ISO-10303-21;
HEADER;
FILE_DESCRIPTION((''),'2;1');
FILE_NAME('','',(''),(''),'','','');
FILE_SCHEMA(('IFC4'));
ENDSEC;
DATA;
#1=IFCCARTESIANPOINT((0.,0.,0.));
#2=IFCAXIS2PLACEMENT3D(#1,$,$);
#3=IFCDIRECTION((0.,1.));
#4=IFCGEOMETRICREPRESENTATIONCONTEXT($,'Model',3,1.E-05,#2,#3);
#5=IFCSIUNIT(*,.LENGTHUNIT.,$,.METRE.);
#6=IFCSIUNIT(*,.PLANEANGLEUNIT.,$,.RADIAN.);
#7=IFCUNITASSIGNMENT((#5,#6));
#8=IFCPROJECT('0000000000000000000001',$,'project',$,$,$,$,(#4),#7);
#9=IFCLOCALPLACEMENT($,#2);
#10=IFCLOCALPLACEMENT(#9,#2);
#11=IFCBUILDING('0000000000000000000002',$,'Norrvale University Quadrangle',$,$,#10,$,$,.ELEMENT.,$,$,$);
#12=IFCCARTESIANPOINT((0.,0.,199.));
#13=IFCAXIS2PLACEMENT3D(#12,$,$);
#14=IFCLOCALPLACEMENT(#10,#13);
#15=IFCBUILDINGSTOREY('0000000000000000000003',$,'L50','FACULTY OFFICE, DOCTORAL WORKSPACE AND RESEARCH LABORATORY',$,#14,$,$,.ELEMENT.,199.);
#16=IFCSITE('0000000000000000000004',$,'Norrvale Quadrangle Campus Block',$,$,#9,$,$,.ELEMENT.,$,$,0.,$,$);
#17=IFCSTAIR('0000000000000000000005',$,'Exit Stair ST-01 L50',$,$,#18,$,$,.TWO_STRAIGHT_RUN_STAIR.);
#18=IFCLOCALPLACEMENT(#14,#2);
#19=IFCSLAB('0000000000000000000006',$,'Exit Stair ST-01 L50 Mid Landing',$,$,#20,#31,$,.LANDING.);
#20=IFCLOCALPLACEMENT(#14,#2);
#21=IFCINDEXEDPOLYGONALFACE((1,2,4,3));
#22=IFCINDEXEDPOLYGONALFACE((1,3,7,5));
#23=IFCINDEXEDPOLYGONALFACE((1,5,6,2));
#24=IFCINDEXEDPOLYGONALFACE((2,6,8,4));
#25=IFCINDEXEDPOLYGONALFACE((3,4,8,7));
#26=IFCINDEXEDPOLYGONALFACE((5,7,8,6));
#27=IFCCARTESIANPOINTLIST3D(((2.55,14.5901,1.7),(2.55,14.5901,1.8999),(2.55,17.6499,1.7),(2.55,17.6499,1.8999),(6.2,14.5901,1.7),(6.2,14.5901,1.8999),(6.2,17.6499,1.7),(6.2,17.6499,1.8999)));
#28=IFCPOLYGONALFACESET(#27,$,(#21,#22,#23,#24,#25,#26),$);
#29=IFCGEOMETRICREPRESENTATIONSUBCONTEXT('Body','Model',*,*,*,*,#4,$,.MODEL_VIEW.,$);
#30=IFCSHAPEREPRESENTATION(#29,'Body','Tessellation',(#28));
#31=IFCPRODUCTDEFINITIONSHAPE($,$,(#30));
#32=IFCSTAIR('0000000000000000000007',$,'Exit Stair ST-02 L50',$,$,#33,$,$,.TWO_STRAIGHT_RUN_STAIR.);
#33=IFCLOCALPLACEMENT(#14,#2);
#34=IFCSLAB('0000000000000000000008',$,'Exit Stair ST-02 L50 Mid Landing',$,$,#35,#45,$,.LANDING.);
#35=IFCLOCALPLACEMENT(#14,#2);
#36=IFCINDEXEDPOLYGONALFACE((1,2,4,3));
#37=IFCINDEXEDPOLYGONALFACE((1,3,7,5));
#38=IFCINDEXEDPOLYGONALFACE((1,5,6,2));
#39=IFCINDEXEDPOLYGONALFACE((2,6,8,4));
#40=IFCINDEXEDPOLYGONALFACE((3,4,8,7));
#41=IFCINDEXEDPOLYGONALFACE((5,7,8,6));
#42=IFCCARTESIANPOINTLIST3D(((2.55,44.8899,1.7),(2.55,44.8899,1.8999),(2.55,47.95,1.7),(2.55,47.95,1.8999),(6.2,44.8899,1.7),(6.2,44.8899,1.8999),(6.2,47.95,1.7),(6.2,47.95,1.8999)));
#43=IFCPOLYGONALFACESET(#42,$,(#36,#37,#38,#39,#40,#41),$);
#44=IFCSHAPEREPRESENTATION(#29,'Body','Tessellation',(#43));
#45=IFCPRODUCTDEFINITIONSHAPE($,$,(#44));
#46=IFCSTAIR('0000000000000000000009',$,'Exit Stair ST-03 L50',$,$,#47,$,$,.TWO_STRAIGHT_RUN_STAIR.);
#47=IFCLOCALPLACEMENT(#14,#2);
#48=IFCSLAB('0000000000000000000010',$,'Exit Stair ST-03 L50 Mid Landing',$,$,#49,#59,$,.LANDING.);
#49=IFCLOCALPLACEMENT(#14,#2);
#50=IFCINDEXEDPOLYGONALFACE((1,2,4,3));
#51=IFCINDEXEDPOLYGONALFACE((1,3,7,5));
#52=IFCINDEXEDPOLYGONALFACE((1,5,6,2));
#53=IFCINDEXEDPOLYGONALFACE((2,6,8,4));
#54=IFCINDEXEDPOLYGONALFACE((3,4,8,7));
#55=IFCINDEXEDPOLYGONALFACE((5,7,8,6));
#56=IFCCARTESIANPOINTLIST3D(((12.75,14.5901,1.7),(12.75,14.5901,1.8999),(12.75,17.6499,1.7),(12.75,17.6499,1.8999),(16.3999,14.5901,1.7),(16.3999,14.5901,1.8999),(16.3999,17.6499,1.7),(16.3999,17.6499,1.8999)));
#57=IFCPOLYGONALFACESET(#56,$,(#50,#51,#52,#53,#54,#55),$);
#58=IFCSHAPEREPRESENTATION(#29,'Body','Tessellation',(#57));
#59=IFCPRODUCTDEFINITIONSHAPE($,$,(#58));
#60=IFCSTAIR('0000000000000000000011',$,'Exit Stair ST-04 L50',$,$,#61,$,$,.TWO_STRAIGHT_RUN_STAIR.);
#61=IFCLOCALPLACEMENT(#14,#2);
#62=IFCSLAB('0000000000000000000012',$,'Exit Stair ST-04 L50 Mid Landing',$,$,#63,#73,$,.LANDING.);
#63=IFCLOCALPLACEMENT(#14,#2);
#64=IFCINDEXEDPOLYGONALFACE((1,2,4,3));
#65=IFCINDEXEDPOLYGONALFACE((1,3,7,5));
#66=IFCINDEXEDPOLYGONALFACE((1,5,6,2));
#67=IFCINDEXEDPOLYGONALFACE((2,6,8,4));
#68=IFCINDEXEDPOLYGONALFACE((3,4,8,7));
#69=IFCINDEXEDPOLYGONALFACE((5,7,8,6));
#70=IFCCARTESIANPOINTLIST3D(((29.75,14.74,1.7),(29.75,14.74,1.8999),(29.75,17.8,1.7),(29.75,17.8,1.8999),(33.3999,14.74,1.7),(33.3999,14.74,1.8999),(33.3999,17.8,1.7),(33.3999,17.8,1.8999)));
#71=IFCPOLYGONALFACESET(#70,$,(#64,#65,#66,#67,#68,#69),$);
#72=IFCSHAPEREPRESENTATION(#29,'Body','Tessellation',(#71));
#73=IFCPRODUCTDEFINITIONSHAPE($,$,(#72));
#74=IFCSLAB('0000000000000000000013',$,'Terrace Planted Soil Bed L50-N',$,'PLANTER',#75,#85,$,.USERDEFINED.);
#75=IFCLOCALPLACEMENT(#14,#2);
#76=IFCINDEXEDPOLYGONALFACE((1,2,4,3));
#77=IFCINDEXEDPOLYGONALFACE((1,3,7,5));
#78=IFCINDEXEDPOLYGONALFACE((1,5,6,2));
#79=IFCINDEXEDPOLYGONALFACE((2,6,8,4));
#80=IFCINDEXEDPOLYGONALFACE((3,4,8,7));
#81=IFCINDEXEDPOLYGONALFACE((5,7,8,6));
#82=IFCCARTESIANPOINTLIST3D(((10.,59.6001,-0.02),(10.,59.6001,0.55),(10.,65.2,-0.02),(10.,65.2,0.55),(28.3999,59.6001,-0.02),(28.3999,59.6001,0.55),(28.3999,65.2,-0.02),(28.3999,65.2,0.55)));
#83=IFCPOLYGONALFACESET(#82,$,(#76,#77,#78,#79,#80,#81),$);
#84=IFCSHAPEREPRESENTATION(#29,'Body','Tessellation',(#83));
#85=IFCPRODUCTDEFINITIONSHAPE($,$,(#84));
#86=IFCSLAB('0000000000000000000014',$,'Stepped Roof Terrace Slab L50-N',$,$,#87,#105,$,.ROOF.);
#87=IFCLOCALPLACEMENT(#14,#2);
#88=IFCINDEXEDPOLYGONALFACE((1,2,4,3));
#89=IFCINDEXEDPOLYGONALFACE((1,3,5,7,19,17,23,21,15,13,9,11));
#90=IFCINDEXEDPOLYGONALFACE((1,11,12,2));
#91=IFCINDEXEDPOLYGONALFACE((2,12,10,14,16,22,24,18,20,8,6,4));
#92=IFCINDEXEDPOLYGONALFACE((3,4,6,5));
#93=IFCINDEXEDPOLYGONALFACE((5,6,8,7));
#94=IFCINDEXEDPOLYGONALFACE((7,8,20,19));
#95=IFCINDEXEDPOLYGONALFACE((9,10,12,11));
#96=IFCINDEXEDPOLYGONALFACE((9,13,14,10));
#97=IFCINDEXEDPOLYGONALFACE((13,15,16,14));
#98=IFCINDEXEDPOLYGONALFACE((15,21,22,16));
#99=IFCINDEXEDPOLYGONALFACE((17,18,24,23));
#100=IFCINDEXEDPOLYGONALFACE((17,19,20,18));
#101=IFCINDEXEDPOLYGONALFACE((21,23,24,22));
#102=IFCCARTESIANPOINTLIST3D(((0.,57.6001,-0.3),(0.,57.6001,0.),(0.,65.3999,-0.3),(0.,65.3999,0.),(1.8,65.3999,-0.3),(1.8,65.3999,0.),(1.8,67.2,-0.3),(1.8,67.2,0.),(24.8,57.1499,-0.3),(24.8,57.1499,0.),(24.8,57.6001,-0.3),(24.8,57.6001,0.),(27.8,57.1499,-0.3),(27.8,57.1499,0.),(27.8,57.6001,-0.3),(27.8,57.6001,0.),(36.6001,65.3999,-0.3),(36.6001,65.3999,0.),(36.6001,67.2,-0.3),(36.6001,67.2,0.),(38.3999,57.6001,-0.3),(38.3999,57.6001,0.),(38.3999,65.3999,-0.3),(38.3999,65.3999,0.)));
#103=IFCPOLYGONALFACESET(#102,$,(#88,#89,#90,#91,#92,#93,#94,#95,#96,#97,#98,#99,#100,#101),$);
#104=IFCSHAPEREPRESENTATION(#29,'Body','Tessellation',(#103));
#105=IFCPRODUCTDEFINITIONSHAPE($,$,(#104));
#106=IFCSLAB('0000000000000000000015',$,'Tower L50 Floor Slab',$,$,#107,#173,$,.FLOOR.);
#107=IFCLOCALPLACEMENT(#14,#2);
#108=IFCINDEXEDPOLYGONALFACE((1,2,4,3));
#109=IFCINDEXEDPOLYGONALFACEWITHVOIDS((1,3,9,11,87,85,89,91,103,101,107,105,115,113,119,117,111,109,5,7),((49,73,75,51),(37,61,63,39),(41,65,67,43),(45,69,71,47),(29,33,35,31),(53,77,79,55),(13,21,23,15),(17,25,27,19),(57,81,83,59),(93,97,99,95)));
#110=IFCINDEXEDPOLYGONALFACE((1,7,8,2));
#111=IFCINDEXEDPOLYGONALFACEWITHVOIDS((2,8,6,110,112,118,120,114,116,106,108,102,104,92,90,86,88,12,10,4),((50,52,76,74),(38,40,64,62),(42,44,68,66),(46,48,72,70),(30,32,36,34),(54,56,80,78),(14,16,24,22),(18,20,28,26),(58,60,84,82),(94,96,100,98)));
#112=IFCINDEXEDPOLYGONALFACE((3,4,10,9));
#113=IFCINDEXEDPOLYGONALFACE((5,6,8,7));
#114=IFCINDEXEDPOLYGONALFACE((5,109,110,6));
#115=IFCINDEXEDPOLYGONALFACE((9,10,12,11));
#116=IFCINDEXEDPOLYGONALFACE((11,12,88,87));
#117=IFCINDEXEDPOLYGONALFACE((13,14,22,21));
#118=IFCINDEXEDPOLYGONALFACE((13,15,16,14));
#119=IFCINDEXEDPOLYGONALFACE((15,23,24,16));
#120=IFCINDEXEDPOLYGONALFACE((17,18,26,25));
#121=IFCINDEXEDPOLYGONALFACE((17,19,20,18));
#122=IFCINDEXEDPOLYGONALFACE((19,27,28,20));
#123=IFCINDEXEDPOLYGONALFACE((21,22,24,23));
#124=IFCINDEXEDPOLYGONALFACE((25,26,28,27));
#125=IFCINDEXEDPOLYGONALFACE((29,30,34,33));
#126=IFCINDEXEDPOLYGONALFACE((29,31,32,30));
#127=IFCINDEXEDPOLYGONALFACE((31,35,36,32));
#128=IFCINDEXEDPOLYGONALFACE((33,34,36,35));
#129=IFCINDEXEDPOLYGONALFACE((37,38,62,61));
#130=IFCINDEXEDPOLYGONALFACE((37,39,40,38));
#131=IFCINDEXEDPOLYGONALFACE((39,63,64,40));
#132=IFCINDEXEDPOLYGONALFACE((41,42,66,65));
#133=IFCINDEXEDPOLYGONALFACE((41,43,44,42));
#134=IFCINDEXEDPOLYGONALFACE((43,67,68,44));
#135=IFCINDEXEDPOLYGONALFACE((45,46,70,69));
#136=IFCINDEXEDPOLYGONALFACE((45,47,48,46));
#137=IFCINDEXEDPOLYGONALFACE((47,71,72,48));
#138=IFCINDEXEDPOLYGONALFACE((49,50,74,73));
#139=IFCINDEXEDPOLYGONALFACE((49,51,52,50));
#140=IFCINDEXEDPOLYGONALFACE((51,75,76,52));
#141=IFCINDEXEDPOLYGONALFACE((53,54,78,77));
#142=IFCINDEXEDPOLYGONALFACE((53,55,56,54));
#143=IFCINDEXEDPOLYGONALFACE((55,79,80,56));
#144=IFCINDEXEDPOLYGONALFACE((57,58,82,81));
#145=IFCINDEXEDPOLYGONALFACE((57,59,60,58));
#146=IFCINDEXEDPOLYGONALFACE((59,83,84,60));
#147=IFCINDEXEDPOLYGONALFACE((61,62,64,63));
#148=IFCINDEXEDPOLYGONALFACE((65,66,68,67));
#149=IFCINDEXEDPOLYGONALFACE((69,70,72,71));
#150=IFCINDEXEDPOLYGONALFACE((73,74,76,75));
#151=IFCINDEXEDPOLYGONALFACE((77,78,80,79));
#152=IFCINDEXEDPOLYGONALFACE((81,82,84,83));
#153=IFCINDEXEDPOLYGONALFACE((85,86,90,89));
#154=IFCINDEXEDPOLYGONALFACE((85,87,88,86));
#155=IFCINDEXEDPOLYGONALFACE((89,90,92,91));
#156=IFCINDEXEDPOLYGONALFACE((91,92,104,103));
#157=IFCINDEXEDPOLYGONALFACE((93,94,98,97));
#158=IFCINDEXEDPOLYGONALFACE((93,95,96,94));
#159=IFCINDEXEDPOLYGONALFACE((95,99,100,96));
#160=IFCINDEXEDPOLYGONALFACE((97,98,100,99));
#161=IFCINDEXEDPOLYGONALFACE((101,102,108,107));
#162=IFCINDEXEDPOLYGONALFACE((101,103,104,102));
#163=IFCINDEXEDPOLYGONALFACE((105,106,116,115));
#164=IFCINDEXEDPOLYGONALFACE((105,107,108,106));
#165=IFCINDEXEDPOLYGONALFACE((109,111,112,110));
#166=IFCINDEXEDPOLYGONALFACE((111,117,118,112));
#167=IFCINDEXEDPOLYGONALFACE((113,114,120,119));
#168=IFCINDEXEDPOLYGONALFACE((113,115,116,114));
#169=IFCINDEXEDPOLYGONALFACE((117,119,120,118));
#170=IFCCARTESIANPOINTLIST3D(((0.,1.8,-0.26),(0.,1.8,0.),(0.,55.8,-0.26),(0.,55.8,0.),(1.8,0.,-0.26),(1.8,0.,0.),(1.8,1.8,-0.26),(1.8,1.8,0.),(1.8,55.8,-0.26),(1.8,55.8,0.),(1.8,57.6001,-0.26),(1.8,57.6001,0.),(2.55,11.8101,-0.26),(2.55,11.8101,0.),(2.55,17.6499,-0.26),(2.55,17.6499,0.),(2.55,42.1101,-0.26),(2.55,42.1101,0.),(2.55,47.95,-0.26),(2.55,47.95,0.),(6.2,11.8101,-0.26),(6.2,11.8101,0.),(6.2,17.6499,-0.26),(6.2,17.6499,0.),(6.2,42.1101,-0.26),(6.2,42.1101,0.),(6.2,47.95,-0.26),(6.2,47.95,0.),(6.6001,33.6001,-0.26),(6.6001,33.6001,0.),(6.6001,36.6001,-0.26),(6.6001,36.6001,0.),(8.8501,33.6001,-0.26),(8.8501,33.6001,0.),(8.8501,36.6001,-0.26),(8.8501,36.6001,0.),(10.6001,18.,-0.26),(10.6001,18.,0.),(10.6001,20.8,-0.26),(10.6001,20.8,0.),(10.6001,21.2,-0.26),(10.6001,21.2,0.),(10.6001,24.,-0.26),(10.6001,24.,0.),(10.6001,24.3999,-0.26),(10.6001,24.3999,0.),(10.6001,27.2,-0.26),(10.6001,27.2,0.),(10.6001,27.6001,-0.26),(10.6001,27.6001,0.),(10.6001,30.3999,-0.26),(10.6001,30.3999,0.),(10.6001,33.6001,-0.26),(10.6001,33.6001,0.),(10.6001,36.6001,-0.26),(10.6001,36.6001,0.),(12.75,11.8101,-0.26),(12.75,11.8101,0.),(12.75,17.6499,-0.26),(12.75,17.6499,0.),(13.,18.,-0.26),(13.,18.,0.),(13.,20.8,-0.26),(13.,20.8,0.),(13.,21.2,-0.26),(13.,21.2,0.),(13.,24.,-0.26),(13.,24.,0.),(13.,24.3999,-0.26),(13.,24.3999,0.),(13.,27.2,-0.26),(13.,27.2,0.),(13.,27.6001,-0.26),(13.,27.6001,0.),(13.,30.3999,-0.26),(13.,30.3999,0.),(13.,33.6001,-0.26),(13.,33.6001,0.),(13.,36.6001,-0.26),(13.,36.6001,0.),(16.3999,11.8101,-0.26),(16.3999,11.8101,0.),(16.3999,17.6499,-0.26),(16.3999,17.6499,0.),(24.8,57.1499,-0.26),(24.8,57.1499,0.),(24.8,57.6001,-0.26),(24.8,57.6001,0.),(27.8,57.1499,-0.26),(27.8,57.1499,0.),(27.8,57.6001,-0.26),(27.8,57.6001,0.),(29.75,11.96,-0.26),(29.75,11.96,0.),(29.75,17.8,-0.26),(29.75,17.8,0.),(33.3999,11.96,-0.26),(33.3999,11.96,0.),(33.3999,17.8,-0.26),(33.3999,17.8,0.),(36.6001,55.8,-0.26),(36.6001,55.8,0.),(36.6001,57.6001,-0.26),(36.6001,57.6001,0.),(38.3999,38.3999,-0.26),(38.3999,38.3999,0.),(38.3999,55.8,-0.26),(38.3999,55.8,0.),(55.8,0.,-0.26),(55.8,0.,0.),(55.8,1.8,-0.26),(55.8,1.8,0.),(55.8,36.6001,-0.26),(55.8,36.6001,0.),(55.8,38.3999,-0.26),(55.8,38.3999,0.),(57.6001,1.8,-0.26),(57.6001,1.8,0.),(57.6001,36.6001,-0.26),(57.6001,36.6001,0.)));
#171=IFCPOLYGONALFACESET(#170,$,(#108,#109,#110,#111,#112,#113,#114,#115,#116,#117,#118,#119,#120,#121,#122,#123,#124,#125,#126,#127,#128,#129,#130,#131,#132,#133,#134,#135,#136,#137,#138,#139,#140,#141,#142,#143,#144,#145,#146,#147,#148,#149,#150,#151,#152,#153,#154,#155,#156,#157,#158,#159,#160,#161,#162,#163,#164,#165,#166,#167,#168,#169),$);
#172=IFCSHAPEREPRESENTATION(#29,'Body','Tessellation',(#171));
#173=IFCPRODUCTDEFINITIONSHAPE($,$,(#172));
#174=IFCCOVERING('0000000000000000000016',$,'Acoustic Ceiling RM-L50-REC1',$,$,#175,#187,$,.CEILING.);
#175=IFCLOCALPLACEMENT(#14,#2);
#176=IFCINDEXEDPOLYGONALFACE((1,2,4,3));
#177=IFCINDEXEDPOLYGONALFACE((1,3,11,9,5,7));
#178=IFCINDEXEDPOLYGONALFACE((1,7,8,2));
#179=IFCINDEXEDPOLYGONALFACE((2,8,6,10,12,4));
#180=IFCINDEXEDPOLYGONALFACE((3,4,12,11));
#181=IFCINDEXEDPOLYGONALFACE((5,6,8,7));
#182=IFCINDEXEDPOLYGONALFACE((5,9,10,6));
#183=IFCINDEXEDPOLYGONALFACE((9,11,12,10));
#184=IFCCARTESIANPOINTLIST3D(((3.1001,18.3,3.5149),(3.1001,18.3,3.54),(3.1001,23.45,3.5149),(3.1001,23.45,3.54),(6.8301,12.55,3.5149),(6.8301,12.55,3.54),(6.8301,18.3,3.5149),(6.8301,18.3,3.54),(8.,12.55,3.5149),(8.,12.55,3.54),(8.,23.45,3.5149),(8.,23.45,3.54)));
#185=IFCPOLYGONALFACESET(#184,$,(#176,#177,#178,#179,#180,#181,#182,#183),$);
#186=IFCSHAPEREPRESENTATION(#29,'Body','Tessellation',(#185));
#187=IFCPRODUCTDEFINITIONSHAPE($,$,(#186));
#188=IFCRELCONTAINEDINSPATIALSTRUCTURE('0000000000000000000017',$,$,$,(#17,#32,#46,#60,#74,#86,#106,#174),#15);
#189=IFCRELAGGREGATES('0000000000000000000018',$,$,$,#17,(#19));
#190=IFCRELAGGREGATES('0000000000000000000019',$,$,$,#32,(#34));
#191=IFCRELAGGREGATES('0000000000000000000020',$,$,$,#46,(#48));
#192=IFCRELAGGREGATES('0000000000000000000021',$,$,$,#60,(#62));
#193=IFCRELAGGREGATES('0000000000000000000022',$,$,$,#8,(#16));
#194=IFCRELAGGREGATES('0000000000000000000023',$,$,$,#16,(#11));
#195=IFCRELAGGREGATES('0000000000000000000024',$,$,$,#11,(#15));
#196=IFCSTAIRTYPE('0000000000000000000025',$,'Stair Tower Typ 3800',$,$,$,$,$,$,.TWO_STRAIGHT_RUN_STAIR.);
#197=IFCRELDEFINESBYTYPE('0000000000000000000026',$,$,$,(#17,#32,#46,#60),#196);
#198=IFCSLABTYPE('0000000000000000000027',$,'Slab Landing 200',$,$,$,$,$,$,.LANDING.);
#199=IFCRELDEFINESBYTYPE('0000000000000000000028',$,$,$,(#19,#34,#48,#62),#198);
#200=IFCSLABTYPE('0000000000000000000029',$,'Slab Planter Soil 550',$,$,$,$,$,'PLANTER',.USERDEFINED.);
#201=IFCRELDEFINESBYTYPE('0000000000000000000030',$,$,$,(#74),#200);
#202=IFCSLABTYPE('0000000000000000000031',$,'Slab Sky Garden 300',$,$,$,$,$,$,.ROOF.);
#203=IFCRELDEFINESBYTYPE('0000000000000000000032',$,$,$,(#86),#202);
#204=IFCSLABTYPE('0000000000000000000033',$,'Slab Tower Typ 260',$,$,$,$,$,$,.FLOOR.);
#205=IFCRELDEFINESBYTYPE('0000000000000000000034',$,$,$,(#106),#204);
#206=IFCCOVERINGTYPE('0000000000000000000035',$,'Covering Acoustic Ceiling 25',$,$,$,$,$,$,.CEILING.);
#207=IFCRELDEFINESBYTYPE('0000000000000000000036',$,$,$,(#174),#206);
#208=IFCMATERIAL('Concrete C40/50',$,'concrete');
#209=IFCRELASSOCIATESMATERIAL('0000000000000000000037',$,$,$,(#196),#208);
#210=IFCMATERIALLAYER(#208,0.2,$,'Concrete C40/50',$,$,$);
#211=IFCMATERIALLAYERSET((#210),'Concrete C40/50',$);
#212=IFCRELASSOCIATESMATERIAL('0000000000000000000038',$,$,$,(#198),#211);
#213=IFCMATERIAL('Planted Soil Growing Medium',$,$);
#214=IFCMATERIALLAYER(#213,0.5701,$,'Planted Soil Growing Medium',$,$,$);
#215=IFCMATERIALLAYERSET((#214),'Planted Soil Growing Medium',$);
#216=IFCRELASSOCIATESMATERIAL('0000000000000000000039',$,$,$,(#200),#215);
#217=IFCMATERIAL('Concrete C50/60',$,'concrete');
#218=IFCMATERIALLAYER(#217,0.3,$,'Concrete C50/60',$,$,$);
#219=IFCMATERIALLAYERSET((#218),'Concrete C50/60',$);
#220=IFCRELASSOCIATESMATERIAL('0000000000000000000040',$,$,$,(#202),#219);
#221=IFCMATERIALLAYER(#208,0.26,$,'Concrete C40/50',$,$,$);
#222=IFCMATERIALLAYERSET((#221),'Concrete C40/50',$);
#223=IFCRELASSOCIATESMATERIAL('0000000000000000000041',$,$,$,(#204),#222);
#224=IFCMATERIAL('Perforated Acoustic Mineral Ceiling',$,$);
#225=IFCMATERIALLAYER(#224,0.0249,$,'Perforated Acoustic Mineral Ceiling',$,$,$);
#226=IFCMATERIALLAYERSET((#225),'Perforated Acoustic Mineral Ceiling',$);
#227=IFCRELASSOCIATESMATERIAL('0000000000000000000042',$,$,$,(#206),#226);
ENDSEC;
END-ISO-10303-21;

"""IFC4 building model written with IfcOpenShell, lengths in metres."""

from ifc_helpers import new_model, si_unit, direction, frame, origin, place, context, subcontext, project, spatial, polyline, outline, extrude, material, layer, layer_set, type_object, element, aggregate, save


model = new_model("IFC4")

# Units and contexts
model_context = context("Model", 3, precision=1e-05, world=origin(), true_north=direction((0.0, 1.0)))
body_context = subcontext(model_context, "Body", "Model", "MODEL_VIEW")
ifc_project = project(units=[si_unit("LENGTHUNIT", "METRE"), si_unit("PLANEANGLEUNIT", "RADIAN")], contexts=[model_context])

# Site, building, storey
site_placement = place(None, origin())
site = spatial("IfcSite", under=ifc_project, at=site_placement, Name="Norrvale Quadrangle Campus Block", CompositionType="ELEMENT", RefElevation=0.0)
building_placement = place(site_placement, origin())
building = spatial("IfcBuilding", under=site, at=building_placement, Name="Norrvale University Quadrangle", CompositionType="ELEMENT")
storey_placement = place(building_placement, frame((0.0, 0.0, 199.0)))
storey = spatial("IfcBuildingStorey", under=building, at=storey_placement, Name="L50", Description="FACULTY OFFICE, DOCTORAL WORKSPACE AND RESEARCH LABORATORY", CompositionType="ELEMENT", Elevation=199.0)

# Stairs, slabs
ifc_material_1 = material(Name="Concrete C40/50", Category="concrete")
stair_type = type_object("IfcStairType", Name="Stair Tower Typ 3800", PredefinedType="TWO_STRAIGHT_RUN_STAIR", material=ifc_material_1)
stair_1_placement = place(storey_placement, origin())
stair_1 = element("IfcStair", 1, at=stair_1_placement, inside=storey, type_object=stair_type, Name="Exit Stair ST-01 L50", PredefinedType="TWO_STRAIGHT_RUN_STAIR")
ifc_layer_1 = layer(ifc_material_1, 0.2, Name="Concrete C40/50")
ifc_layer_set_1 = layer_set([ifc_layer_1], Name="Concrete C40/50")
slab_type_1 = type_object("IfcSlabType", Name="Slab Landing 200", PredefinedType="LANDING", material=ifc_layer_set_1)
slab_1_placement = place(storey_placement, frame((0.0, 0.0, 1.7)))
slab_1 = element("IfcSlab", 2, at=slab_1_placement, type_object=slab_type_1, Name="Exit Stair ST-01 L50 Mid Landing", PredefinedType="LANDING", context=body_context, shape_type="SweptSolid", body=[
    extrude(outline(polyline([(2.55, 14.5901), (6.2, 14.5901), (6.2, 17.6499), (2.55, 17.6499), (2.55, 14.5901)])), origin(), (0.0, 0.0, 1.0), 0.2),
])
aggregate(stair_1, [slab_1])
stair_2_placement = place(storey_placement, origin())
stair_2 = element("IfcStair", 3, at=stair_2_placement, inside=storey, type_object=stair_type, Name="Exit Stair ST-02 L50", PredefinedType="TWO_STRAIGHT_RUN_STAIR")
slab_2_placement = place(storey_placement, frame((0.0, 0.0, 1.7)))
slab_2 = element("IfcSlab", 4, at=slab_2_placement, type_object=slab_type_1, Name="Exit Stair ST-02 L50 Mid Landing", PredefinedType="LANDING", context=body_context, shape_type="SweptSolid", body=[
    extrude(outline(polyline([(2.55, 44.8899), (6.2, 44.8899), (6.2, 47.95), (2.55, 47.95), (2.55, 44.8899)])), origin(), (0.0, 0.0, 1.0), 0.2),
])
aggregate(stair_2, [slab_2])
stair_3_placement = place(storey_placement, origin())
stair_3 = element("IfcStair", 5, at=stair_3_placement, inside=storey, type_object=stair_type, Name="Exit Stair ST-03 L50", PredefinedType="TWO_STRAIGHT_RUN_STAIR")
slab_3_placement = place(storey_placement, frame((0.0, 0.0, 1.7)))
slab_3 = element("IfcSlab", 6, at=slab_3_placement, type_object=slab_type_1, Name="Exit Stair ST-03 L50 Mid Landing", PredefinedType="LANDING", context=body_context, shape_type="SweptSolid", body=[
    extrude(outline(polyline([(12.75, 14.5901), (16.3999, 14.5901), (16.3999, 17.6499), (12.75, 17.6499), (12.75, 14.5901)])), origin(), (0.0, 0.0, 1.0), 0.2),
])
aggregate(stair_3, [slab_3])
stair_4_placement = place(storey_placement, origin())
stair_4 = element("IfcStair", 7, at=stair_4_placement, inside=storey, type_object=stair_type, Name="Exit Stair ST-04 L50", PredefinedType="TWO_STRAIGHT_RUN_STAIR")
slab_4_placement = place(storey_placement, frame((0.0, 0.0, 1.7)))
slab_4 = element("IfcSlab", 8, at=slab_4_placement, type_object=slab_type_1, Name="Exit Stair ST-04 L50 Mid Landing", PredefinedType="LANDING", context=body_context, shape_type="SweptSolid", body=[
    extrude(outline(polyline([(29.75, 14.74), (33.3999, 14.74), (33.3999, 17.8), (29.75, 17.8), (29.75, 14.74)])), origin(), (0.0, 0.0, 1.0), 0.2),
])
aggregate(stair_4, [slab_4])

# Slabs
ifc_material_2 = material(Name="Planted Soil Growing Medium")
ifc_layer_2 = layer(ifc_material_2, 0.5701, Name="Planted Soil Growing Medium")
ifc_layer_set_2 = layer_set([ifc_layer_2], Name="Planted Soil Growing Medium")
slab_type_2 = type_object("IfcSlabType", Name="Slab Planter Soil 550", ElementType="PLANTER", PredefinedType="USERDEFINED", material=ifc_layer_set_2)
slab_5_placement = place(storey_placement, frame((0.0, 0.0, -0.02)))
element("IfcSlab", 9, at=slab_5_placement, inside=storey, type_object=slab_type_2, Name="Terrace Planted Soil Bed L50-N", ObjectType="PLANTER", PredefinedType="USERDEFINED", context=body_context, shape_type="SweptSolid", body=[
    extrude(outline(polyline([(10.0, 59.6001), (28.3999, 59.6001), (28.3999, 65.2), (10.0, 65.2), (10.0, 59.6001)])), origin(), (0.0, 0.0, 1.0), 0.5701),
])
ifc_material_3 = material(Name="Concrete C50/60", Category="concrete")
ifc_layer_3 = layer(ifc_material_3, 0.3, Name="Concrete C50/60")
ifc_layer_set_3 = layer_set([ifc_layer_3], Name="Concrete C50/60")
slab_type_3 = type_object("IfcSlabType", Name="Slab Sky Garden 300", PredefinedType="ROOF", material=ifc_layer_set_3)
slab_6_placement = place(storey_placement, frame((0.0, 0.0, -0.3)))
element("IfcSlab", 10, at=slab_6_placement, inside=storey, type_object=slab_type_3, Name="Stepped Roof Terrace Slab L50-N", PredefinedType="ROOF", context=body_context, shape_type="SweptSolid", body=[
    extrude(outline(polyline([(0.0, 57.6001), (24.8, 57.6001), (24.8, 57.1499), (27.8, 57.1499), (27.8, 57.6001), (38.3999, 57.6001), (38.3999, 65.3999), (36.6001, 65.3999), (36.6001, 67.2), (1.8, 67.2), (1.8, 65.3999), (0.0, 65.3999), (0.0, 57.6001)])), origin(), (0.0, 0.0, 1.0), 0.3),
])
ifc_layer_4 = layer(ifc_material_1, 0.26, Name="Concrete C40/50")
ifc_layer_set_4 = layer_set([ifc_layer_4], Name="Concrete C40/50")
slab_type_4 = type_object("IfcSlabType", Name="Slab Tower Typ 260", PredefinedType="FLOOR", material=ifc_layer_set_4)
slab_7_placement = place(storey_placement, frame((0.0, 0.0, -0.26)))
element("IfcSlab", 11, at=slab_7_placement, inside=storey, type_object=slab_type_4, Name="Tower L50 Floor Slab", PredefinedType="FLOOR", context=body_context, shape_type="SweptSolid", body=[
    extrude(outline(polyline([(36.6001, 57.6001), (36.6001, 55.8), (38.3999, 55.8), (38.3999, 38.3999), (55.8, 38.3999), (55.8, 36.6001), (57.6001, 36.6001), (57.6001, 1.8), (55.8, 1.8), (55.8, 0.0), (1.8, 0.0), (1.8, 1.8), (0.0, 1.8), (0.0, 55.8), (1.8, 55.8), (1.8, 57.6001), (24.8, 57.6001), (24.8, 57.1499), (27.8, 57.1499), (27.8, 57.6001), (36.6001, 57.6001)]), holes=[polyline([(2.55, 11.8101), (6.2, 11.8101), (6.2, 17.6499), (2.55, 17.6499), (2.55, 11.8101)]), polyline([(2.55, 42.1101), (6.2, 42.1101), (6.2, 47.95), (2.55, 47.95), (2.55, 42.1101)]), polyline([(12.75, 11.8101), (16.3999, 11.8101), (16.3999, 17.6499), (12.75, 17.6499), (12.75, 11.8101)]), polyline([(29.75, 11.96), (33.3999, 11.96), (33.3999, 17.8), (29.75, 17.8), (29.75, 11.96)]), polyline([(10.6001, 18.0), (13.0, 18.0), (13.0, 20.8), (10.6001, 20.8), (10.6001, 18.0)]), polyline([(10.6001, 21.2), (13.0, 21.2), (13.0, 24.0), (10.6001, 24.0), (10.6001, 21.2)]), polyline([(10.6001, 24.3999), (13.0, 24.3999), (13.0, 27.2), (10.6001, 27.2), (10.6001, 24.3999)]), polyline([(10.6001, 27.6001), (13.0, 27.6001), (13.0, 30.3999), (10.6001, 30.3999), (10.6001, 27.6001)]), polyline([(6.6001, 33.6001), (8.8501, 33.6001), (8.8501, 36.6001), (6.6001, 36.6001), (6.6001, 33.6001)]), polyline([(10.6001, 33.6001), (13.0, 33.6001), (13.0, 36.6001), (10.6001, 36.6001), (10.6001, 33.6001)])]), origin(), (0.0, 0.0, 1.0), 0.26),
])

# Covering
ifc_material_4 = material(Name="Perforated Acoustic Mineral Ceiling")
ifc_layer_5 = layer(ifc_material_4, 0.0249, Name="Perforated Acoustic Mineral Ceiling")
ifc_layer_set_5 = layer_set([ifc_layer_5], Name="Perforated Acoustic Mineral Ceiling")
covering_type_1 = type_object("IfcCoveringType", Name="Covering Acoustic Ceiling 25", PredefinedType="CEILING", material=ifc_layer_set_5)
covering_1_placement = place(storey_placement, frame((0.0, 0.0, 3.5149)))
element("IfcCovering", 12, at=covering_1_placement, inside=storey, type_object=covering_type_1, Name="Acoustic Ceiling RM-L50-REC1", PredefinedType="CEILING", context=body_context, shape_type="SweptSolid", body=[
    extrude(outline(polyline([(3.1001, 18.3), (3.1001, 23.45), (8.0, 23.45), (8.0, 12.55), (6.8301, 12.55), (6.8301, 18.3), (3.1001, 18.3)])), origin(), (0.0, 0.0, 1.0), 0.0251),
])

save(model, "model.ifc")
